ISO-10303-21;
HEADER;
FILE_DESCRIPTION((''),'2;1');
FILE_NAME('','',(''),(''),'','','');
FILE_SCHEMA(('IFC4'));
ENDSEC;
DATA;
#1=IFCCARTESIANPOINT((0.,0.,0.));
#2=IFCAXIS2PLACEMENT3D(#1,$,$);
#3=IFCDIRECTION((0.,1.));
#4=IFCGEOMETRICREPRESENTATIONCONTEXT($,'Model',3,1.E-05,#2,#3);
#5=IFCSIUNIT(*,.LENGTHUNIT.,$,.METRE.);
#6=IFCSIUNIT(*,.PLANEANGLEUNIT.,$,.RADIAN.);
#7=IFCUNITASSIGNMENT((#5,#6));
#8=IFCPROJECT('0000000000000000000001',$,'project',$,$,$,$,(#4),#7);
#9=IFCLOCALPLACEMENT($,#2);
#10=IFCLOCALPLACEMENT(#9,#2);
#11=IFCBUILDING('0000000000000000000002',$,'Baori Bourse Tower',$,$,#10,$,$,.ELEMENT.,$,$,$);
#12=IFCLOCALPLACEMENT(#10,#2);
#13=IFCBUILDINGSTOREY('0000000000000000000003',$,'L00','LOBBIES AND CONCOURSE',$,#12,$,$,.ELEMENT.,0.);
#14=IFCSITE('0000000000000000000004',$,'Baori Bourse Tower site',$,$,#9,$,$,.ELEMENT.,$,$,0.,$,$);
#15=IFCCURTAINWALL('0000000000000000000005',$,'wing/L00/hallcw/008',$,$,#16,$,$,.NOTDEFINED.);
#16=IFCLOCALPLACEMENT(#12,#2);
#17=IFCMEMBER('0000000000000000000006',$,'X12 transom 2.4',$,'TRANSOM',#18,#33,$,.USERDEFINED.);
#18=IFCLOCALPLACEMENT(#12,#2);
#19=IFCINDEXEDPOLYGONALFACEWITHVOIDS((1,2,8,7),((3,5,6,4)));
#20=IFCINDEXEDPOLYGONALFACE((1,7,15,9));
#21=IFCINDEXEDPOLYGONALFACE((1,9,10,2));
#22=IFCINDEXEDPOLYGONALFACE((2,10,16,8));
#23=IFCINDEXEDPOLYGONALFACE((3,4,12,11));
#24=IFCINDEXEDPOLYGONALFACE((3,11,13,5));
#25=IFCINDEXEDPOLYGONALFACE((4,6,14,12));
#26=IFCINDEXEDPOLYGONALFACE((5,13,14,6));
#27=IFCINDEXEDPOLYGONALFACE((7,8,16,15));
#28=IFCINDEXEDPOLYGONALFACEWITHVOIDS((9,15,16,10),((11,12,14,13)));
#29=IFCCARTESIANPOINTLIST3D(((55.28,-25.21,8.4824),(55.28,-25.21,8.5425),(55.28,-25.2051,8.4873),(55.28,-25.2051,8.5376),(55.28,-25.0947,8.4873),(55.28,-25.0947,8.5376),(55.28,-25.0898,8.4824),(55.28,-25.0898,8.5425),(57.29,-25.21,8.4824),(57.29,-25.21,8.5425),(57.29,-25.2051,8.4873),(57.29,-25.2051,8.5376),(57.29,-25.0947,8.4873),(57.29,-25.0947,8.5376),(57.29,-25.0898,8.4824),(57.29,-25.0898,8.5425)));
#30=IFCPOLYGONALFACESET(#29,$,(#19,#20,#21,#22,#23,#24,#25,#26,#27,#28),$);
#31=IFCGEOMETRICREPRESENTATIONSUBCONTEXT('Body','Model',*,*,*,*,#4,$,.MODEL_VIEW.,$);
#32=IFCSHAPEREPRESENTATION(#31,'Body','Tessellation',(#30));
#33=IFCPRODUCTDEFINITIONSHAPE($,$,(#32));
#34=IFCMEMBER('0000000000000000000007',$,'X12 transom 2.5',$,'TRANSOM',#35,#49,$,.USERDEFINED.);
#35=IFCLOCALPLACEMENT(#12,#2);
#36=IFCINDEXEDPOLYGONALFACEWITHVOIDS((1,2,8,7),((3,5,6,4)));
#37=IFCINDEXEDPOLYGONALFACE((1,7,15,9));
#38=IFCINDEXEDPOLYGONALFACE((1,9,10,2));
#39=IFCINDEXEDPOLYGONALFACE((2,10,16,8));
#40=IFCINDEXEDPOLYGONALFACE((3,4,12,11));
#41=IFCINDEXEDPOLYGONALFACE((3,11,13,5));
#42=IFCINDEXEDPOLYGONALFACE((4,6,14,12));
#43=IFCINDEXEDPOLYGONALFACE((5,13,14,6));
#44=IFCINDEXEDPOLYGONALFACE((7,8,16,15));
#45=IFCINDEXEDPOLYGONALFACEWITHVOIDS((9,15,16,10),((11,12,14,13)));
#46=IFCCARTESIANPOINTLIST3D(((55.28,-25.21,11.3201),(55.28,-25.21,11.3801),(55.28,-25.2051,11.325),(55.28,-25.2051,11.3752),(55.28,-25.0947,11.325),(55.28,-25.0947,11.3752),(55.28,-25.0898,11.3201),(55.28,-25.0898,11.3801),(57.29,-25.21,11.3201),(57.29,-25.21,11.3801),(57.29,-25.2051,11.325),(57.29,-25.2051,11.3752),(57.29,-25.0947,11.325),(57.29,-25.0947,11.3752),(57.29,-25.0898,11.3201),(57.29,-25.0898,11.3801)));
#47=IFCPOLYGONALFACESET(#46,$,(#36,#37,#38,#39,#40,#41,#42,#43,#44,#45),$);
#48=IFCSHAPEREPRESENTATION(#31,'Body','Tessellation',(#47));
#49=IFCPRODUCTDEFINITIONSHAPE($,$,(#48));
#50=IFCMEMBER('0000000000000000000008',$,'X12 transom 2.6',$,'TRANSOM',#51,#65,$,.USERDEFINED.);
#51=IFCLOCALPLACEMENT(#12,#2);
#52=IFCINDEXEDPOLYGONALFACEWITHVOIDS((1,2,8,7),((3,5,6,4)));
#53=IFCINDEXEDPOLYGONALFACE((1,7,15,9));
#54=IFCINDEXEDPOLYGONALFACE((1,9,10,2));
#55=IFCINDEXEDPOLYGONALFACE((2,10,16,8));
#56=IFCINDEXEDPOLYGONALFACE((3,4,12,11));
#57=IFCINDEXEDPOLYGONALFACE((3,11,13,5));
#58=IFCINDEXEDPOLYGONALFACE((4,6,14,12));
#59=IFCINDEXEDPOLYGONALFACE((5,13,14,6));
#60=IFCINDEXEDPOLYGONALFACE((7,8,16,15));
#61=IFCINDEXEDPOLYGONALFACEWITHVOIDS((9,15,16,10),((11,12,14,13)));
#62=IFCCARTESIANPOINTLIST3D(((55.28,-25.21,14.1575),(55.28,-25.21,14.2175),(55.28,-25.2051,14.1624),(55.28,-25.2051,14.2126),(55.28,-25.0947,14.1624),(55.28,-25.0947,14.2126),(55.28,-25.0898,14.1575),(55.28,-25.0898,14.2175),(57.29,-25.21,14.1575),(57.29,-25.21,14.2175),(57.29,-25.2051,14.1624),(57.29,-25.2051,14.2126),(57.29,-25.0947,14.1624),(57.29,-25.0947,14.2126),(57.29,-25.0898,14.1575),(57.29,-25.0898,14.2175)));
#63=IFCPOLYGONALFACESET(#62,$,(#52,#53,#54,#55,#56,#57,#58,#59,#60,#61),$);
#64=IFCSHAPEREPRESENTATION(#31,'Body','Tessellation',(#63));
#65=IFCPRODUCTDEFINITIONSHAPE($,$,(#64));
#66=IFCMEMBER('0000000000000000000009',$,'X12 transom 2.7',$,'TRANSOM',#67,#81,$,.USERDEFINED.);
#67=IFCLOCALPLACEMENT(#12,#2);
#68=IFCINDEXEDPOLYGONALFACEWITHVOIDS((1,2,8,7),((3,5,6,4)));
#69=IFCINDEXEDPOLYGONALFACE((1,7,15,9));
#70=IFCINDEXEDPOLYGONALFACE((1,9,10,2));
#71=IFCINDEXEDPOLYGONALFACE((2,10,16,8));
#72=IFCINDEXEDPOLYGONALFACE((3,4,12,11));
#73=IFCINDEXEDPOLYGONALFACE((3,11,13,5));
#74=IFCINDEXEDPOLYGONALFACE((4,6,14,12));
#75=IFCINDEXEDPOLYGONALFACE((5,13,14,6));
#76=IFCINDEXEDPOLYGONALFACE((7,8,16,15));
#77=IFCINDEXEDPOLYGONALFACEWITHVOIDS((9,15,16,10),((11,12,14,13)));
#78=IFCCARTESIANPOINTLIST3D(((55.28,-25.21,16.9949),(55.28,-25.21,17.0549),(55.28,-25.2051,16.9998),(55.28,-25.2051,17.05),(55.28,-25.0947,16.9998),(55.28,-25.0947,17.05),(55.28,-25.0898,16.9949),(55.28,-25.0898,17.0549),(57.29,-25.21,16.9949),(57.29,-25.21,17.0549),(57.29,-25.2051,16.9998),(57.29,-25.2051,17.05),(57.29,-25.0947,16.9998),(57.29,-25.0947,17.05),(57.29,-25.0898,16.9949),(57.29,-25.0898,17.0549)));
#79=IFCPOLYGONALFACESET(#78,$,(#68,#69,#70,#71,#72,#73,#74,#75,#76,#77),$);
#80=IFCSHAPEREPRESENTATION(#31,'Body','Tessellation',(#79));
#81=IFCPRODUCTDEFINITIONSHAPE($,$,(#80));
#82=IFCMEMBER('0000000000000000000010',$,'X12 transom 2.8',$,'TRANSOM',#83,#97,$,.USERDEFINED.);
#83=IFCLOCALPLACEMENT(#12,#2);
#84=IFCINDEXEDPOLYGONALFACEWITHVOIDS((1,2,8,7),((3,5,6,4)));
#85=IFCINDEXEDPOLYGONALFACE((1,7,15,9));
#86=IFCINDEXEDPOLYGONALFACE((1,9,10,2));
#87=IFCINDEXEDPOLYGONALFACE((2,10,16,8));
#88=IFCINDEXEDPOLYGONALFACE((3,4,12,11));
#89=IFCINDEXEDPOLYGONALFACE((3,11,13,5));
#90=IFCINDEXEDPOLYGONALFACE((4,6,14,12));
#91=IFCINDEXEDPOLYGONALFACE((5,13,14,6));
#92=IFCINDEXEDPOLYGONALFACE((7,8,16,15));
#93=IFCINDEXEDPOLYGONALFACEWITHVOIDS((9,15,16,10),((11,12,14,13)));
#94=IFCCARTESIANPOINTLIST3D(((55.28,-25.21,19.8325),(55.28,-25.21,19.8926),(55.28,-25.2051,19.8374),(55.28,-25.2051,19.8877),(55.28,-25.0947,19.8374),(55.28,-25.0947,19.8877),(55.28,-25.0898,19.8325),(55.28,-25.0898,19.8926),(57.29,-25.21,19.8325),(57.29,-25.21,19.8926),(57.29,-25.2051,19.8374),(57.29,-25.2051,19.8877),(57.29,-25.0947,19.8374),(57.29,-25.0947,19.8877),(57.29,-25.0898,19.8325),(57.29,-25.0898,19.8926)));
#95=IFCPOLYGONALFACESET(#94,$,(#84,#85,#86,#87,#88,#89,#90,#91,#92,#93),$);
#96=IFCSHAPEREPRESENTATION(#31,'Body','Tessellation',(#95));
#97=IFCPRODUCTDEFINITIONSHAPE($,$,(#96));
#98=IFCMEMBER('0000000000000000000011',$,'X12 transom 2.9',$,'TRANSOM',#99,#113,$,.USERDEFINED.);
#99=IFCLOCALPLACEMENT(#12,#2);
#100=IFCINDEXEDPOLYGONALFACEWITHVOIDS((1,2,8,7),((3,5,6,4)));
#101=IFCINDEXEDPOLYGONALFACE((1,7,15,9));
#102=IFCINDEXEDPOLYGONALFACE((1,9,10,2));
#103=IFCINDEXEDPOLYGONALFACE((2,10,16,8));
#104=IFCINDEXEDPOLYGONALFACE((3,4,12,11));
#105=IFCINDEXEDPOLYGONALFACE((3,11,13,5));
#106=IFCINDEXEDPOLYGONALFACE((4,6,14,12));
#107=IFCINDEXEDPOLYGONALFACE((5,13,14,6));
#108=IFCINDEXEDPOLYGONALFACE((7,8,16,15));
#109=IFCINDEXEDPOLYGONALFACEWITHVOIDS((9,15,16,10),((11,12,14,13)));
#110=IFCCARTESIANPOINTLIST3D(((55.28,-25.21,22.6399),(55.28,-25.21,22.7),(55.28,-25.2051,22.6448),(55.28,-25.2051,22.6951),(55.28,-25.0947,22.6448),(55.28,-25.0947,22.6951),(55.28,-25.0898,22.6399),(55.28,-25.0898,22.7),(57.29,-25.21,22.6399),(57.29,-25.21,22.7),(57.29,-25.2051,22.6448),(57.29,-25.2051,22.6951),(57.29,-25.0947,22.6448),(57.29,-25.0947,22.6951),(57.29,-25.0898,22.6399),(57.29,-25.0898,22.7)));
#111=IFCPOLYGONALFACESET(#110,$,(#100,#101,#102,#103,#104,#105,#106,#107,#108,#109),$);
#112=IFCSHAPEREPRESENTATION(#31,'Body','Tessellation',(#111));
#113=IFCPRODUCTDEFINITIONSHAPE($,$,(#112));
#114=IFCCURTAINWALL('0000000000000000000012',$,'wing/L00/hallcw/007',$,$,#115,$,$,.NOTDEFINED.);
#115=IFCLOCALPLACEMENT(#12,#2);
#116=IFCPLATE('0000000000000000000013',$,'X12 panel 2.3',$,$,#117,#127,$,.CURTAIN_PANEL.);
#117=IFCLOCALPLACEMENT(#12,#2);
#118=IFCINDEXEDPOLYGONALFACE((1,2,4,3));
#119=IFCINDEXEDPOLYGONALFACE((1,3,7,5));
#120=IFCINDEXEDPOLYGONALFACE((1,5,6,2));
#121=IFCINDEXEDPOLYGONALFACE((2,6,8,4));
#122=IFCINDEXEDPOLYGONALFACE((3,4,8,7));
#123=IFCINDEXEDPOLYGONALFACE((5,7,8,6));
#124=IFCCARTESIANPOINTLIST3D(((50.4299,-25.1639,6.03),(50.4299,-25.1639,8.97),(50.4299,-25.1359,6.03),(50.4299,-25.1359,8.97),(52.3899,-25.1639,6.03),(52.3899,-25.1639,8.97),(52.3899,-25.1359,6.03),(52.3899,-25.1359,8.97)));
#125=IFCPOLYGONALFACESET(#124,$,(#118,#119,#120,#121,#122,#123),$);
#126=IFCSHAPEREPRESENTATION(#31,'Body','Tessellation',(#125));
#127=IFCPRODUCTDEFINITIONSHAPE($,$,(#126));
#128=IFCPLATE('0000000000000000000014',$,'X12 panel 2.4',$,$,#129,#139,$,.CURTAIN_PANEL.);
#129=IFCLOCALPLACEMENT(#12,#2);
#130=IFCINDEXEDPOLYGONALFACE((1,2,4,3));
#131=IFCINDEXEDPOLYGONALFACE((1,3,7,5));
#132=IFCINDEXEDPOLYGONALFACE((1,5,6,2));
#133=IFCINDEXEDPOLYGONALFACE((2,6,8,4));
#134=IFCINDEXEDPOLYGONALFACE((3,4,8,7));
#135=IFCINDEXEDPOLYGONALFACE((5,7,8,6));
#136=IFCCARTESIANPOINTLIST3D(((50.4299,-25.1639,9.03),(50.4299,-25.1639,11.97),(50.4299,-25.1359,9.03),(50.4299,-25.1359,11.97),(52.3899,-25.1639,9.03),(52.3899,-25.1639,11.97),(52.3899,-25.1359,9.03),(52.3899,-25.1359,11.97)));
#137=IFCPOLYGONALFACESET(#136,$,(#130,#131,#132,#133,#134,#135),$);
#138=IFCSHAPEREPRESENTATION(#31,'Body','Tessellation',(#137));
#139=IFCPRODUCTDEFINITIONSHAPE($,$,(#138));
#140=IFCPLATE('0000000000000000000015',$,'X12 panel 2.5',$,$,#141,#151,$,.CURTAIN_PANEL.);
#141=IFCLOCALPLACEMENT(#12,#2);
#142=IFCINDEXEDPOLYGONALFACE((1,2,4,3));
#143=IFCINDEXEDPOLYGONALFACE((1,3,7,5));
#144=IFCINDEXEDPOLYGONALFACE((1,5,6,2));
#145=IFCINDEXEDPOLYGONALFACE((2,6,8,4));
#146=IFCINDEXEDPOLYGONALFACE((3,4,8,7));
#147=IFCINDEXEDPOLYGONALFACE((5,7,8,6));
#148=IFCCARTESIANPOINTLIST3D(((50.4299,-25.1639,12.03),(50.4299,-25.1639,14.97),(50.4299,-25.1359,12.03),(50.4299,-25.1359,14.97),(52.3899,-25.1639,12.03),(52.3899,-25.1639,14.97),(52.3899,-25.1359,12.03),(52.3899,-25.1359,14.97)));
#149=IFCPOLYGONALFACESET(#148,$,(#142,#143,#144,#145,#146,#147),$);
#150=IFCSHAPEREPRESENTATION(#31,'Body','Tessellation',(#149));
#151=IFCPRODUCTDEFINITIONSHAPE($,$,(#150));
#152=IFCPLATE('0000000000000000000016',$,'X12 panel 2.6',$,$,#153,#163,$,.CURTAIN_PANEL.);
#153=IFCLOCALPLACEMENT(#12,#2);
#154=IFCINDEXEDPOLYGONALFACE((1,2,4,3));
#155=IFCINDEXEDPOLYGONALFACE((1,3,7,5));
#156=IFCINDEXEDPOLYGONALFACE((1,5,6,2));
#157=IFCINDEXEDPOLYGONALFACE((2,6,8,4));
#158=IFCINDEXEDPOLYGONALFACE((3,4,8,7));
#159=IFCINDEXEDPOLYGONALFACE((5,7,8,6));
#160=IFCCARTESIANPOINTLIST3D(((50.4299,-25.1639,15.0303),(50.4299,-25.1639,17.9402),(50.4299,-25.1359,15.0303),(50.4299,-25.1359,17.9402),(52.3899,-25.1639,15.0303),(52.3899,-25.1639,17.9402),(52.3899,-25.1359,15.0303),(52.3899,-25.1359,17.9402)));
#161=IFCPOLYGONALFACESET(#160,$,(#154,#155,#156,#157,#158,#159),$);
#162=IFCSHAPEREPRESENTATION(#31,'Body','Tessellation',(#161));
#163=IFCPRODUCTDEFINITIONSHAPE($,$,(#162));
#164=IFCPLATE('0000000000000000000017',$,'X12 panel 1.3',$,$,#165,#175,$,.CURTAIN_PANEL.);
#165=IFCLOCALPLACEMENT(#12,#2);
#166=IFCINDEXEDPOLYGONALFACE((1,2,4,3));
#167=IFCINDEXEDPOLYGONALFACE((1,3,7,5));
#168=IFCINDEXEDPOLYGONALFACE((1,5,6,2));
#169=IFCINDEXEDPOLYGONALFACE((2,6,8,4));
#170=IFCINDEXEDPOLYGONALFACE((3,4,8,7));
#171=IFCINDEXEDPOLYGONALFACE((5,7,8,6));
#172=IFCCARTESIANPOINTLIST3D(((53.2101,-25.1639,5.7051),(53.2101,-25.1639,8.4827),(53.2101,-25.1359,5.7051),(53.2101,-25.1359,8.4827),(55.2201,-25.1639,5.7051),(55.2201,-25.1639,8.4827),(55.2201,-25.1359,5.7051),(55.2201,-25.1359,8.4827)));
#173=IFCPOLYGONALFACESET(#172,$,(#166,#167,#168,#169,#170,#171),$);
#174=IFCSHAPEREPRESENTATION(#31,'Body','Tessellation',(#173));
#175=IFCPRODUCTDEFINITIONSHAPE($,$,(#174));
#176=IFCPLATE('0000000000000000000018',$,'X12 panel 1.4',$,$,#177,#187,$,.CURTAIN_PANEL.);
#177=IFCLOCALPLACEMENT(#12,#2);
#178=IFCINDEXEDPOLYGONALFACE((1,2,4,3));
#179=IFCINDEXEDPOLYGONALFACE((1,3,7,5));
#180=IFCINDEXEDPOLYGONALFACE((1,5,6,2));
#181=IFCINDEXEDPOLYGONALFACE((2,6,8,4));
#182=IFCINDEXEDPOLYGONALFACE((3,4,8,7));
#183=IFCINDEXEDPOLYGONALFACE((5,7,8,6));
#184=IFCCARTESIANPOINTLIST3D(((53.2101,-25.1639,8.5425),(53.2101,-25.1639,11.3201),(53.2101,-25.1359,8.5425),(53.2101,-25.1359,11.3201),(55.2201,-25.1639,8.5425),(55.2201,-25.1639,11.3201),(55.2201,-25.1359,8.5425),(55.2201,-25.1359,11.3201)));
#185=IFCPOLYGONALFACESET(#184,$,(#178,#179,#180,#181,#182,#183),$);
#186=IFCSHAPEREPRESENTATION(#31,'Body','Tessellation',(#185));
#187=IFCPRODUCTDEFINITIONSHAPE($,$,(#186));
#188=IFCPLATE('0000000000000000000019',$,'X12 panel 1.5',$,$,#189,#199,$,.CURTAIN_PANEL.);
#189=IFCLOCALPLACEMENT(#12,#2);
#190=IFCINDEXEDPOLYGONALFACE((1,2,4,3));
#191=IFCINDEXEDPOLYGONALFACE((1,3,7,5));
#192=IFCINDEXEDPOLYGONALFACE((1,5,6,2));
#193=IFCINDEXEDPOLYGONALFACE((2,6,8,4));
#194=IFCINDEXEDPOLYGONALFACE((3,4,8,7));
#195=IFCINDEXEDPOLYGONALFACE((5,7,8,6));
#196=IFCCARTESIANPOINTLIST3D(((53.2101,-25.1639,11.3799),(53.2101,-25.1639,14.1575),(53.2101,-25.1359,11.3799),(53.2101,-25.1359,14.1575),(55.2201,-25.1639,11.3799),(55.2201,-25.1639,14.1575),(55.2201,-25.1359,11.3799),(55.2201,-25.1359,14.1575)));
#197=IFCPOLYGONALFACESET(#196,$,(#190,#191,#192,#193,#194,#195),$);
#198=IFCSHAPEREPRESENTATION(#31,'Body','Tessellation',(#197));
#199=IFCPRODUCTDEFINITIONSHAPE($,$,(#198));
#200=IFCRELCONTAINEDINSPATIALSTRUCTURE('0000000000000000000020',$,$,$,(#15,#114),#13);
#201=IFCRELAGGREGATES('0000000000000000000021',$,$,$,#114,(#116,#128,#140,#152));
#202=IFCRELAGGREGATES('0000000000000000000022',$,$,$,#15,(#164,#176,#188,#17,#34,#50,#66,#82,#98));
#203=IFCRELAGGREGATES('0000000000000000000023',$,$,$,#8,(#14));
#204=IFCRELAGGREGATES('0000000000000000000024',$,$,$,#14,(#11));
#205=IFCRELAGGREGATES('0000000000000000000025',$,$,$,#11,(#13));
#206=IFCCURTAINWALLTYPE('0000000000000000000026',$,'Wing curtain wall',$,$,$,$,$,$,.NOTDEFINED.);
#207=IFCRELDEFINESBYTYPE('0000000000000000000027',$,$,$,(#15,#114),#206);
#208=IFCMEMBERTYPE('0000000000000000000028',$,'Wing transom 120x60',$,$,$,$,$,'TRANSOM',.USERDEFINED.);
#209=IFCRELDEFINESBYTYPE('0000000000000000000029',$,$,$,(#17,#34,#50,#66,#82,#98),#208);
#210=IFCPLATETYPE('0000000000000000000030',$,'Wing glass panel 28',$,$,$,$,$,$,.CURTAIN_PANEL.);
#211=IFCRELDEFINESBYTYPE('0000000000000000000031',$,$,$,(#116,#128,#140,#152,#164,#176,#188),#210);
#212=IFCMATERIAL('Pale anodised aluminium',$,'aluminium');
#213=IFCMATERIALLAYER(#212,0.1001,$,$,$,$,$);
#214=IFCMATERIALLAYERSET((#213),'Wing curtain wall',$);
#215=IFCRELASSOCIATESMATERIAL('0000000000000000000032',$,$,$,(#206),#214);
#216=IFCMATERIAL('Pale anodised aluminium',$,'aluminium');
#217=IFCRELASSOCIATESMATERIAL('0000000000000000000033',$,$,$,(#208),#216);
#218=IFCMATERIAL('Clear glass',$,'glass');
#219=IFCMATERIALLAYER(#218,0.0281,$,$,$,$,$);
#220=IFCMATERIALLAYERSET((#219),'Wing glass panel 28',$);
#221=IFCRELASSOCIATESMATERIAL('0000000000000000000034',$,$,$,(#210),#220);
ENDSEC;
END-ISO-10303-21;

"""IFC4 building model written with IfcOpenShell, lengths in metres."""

from ifc_helpers import new_model, si_unit, direction, frame, origin, origin_2d, place, context, subcontext, project, spatial, rectangle, hollow_rectangle, extrude, material, layer, layer_set, material_profile, profile_set, type_object, element, aggregate, save


model = new_model("IFC4")

# Units and contexts
model_context = context("Model", 3, precision=1e-05, world=origin(), true_north=direction((0.0, 1.0)))
body_context = subcontext(model_context, "Body", "Model", "MODEL_VIEW")
ifc_project = project(units=[si_unit("LENGTHUNIT", "METRE"), si_unit("PLANEANGLEUNIT", "RADIAN")], contexts=[model_context])

# Site, building, storey
site_placement = place(None, origin())
site = spatial("IfcSite", under=ifc_project, at=site_placement, Name="Baori Bourse Tower site", CompositionType="ELEMENT", RefElevation=0.0)
building_placement = place(site_placement, origin())
building = spatial("IfcBuilding", under=site, at=building_placement, Name="Baori Bourse Tower", CompositionType="ELEMENT")
storey_placement = place(building_placement, origin())
storey = spatial("IfcBuildingStorey", under=building, at=storey_placement, Name="L00", Description="LOBBIES AND CONCOURSE", CompositionType="ELEMENT", Elevation=0.0)

# Curtain wall, members
ifc_material_1 = material(Name="Pale anodised aluminium", Category="aluminium")
ifc_layer_1 = layer(ifc_material_1, 0.1001)
ifc_layer_set_1 = layer_set([ifc_layer_1], Name="Wing curtain wall")
curtain_wall_type = type_object("IfcCurtainWallType", Name="Wing curtain wall", PredefinedType="NOTDEFINED", material=ifc_layer_set_1)
curtain_wall_1_placement = place(storey_placement, origin())
curtain_wall_1 = element("IfcCurtainWall", 1, at=curtain_wall_1_placement, inside=storey, type_object=curtain_wall_type, Name="wing/L00/hallcw/008", PredefinedType="NOTDEFINED")
ifc_material_2 = material(Name="Pale anodised aluminium", Category="aluminium")
ifc_material_profile_1 = material_profile(ifc_material_2, hollow_rectangle(XDim=0.1201, YDim=0.0601, WallThickness=0.0049, at=origin_2d()), Name="Transom 120x60x5")
ifc_profile_set_1 = profile_set([ifc_material_profile_1], Name="Pale anodised aluminium")
member_type = type_object("IfcMemberType", Name="Wing transom 120x60", ElementType="TRANSOM", PredefinedType="USERDEFINED", material=ifc_profile_set_1)
member_1_placement = place(storey_placement, frame((55.28, -25.1499, 8.5125), z_axis=(1.0, 0.0, 0.0), x_axis=(0.0, 1.0, 0.0)))
member_1 = element("IfcMember", 2, at=member_1_placement, type_object=member_type, Name="X12 transom 2.4", ObjectType="TRANSOM", PredefinedType="USERDEFINED", context=body_context, shape_type="SweptSolid", body=[
    extrude(hollow_rectangle(XDim=0.1201, YDim=0.0601, WallThickness=0.0049, at=origin_2d()), origin(), (0.0, 0.0, 1.0), 2.01),
])
member_2_placement = place(storey_placement, frame((55.28, -25.1499, 11.3501), z_axis=(1.0, 0.0, 0.0), x_axis=(0.0, 1.0, 0.0)))
member_2 = element("IfcMember", 3, at=member_2_placement, type_object=member_type, Name="X12 transom 2.5", ObjectType="TRANSOM", PredefinedType="USERDEFINED", context=body_context, shape_type="SweptSolid", body=[
    extrude(hollow_rectangle(XDim=0.1201, YDim=0.0601, WallThickness=0.0049, at=origin_2d()), origin(), (0.0, 0.0, 1.0), 2.01),
])
member_3_placement = place(storey_placement, frame((55.28, -25.1499, 14.1875), z_axis=(1.0, 0.0, 0.0), x_axis=(0.0, 1.0, 0.0)))
member_3 = element("IfcMember", 4, at=member_3_placement, type_object=member_type, Name="X12 transom 2.6", ObjectType="TRANSOM", PredefinedType="USERDEFINED", context=body_context, shape_type="SweptSolid", body=[
    extrude(hollow_rectangle(XDim=0.1201, YDim=0.0601, WallThickness=0.0049, at=origin_2d()), origin(), (0.0, 0.0, 1.0), 2.01),
])
member_4_placement = place(storey_placement, frame((55.28, -25.1499, 17.0249), z_axis=(1.0, 0.0, 0.0), x_axis=(0.0, 1.0, 0.0)))
member_4 = element("IfcMember", 5, at=member_4_placement, type_object=member_type, Name="X12 transom 2.7", ObjectType="TRANSOM", PredefinedType="USERDEFINED", context=body_context, shape_type="SweptSolid", body=[
    extrude(hollow_rectangle(XDim=0.1201, YDim=0.0601, WallThickness=0.0049, at=origin_2d()), origin(), (0.0, 0.0, 1.0), 2.01),
])
member_5_placement = place(storey_placement, frame((55.28, -25.1499, 19.8625), z_axis=(1.0, 0.0, 0.0), x_axis=(0.0, 1.0, 0.0)))
member_5 = element("IfcMember", 6, at=member_5_placement, type_object=member_type, Name="X12 transom 2.8", ObjectType="TRANSOM", PredefinedType="USERDEFINED", context=body_context, shape_type="SweptSolid", body=[
    extrude(hollow_rectangle(XDim=0.1201, YDim=0.0601, WallThickness=0.0049, at=origin_2d()), origin(), (0.0, 0.0, 1.0), 2.01),
])
member_6_placement = place(storey_placement, frame((55.28, -25.1499, 22.6699), z_axis=(1.0, 0.0, 0.0), x_axis=(0.0, 1.0, 0.0)))
member_6 = element("IfcMember", 7, at=member_6_placement, type_object=member_type, Name="X12 transom 2.9", ObjectType="TRANSOM", PredefinedType="USERDEFINED", context=body_context, shape_type="SweptSolid", body=[
    extrude(hollow_rectangle(XDim=0.1201, YDim=0.0601, WallThickness=0.0049, at=origin_2d()), origin(), (0.0, 0.0, 1.0), 2.01),
])

# Curtain wall, plates
curtain_wall_2_placement = place(storey_placement, origin())
curtain_wall_2 = element("IfcCurtainWall", 8, at=curtain_wall_2_placement, inside=storey, type_object=curtain_wall_type, Name="wing/L00/hallcw/007", PredefinedType="NOTDEFINED")
ifc_material_3 = material(Name="Clear glass", Category="glass")
ifc_layer_2 = layer(ifc_material_3, 0.0281)
ifc_layer_set_2 = layer_set([ifc_layer_2], Name="Wing glass panel 28")
plate_type = type_object("IfcPlateType", Name="Wing glass panel 28", PredefinedType="CURTAIN_PANEL", material=ifc_layer_set_2)
plate_1_placement = place(storey_placement, frame((51.4099, -25.1499, 6.03), z_axis=(0.0, 0.0, 1.0), x_axis=(1.0, 0.0, 0.0)))
plate_1 = element("IfcPlate", 9, at=plate_1_placement, type_object=plate_type, Name="X12 panel 2.3", PredefinedType="CURTAIN_PANEL", context=body_context, shape_type="SweptSolid", body=[
    extrude(rectangle(XDim=1.96, YDim=0.0281, at=origin_2d()), origin(), (0.0, 0.0, 1.0), 2.9399),
])
plate_2_placement = place(storey_placement, frame((51.4099, -25.1499, 9.03), z_axis=(0.0, 0.0, 1.0), x_axis=(1.0, 0.0, 0.0)))
plate_2 = element("IfcPlate", 10, at=plate_2_placement, type_object=plate_type, Name="X12 panel 2.4", PredefinedType="CURTAIN_PANEL", context=body_context, shape_type="SweptSolid", body=[
    extrude(rectangle(XDim=1.96, YDim=0.0281, at=origin_2d()), origin(), (0.0, 0.0, 1.0), 2.9399),
])
plate_3_placement = place(storey_placement, frame((51.4099, -25.1499, 12.03), z_axis=(0.0, 0.0, 1.0), x_axis=(1.0, 0.0, 0.0)))
plate_3 = element("IfcPlate", 11, at=plate_3_placement, type_object=plate_type, Name="X12 panel 2.5", PredefinedType="CURTAIN_PANEL", context=body_context, shape_type="SweptSolid", body=[
    extrude(rectangle(XDim=1.96, YDim=0.0281, at=origin_2d()), origin(), (0.0, 0.0, 1.0), 2.9399),
])
plate_4_placement = place(storey_placement, frame((51.4099, -25.1499, 15.0303), z_axis=(0.0, 0.0, 1.0), x_axis=(1.0, 0.0, 0.0)))
plate_4 = element("IfcPlate", 12, at=plate_4_placement, type_object=plate_type, Name="X12 panel 2.6", PredefinedType="CURTAIN_PANEL", context=body_context, shape_type="SweptSolid", body=[
    extrude(rectangle(XDim=1.96, YDim=0.0281, at=origin_2d()), origin(), (0.0, 0.0, 1.0), 2.9099),
])
aggregate(curtain_wall_2, [plate_1, plate_2, plate_3, plate_4])

# Plates
plate_5_placement = place(storey_placement, frame((54.2151, -25.1499, 5.7051), z_axis=(0.0, 0.0, 1.0), x_axis=(1.0, 0.0, 0.0)))
plate_5 = element("IfcPlate", 13, at=plate_5_placement, type_object=plate_type, Name="X12 panel 1.3", PredefinedType="CURTAIN_PANEL", context=body_context, shape_type="SweptSolid", body=[
    extrude(rectangle(XDim=2.01, YDim=0.0281, at=origin_2d()), origin(), (0.0, 0.0, 1.0), 2.7776),
])
plate_6_placement = place(storey_placement, frame((54.2151, -25.1499, 8.5425), z_axis=(0.0, 0.0, 1.0), x_axis=(1.0, 0.0, 0.0)))
plate_6 = element("IfcPlate", 14, at=plate_6_placement, type_object=plate_type, Name="X12 panel 1.4", PredefinedType="CURTAIN_PANEL", context=body_context, shape_type="SweptSolid", body=[
    extrude(rectangle(XDim=2.01, YDim=0.0281, at=origin_2d()), origin(), (0.0, 0.0, 1.0), 2.7776),
])
plate_7_placement = place(storey_placement, frame((54.2151, -25.1499, 11.3799), z_axis=(0.0, 0.0, 1.0), x_axis=(1.0, 0.0, 0.0)))
plate_7 = element("IfcPlate", 15, at=plate_7_placement, type_object=plate_type, Name="X12 panel 1.5", PredefinedType="CURTAIN_PANEL", context=body_context, shape_type="SweptSolid", body=[
    extrude(rectangle(XDim=2.01, YDim=0.0281, at=origin_2d()), origin(), (0.0, 0.0, 1.0), 2.7776),
])
aggregate(curtain_wall_1, [plate_5, plate_6, plate_7, member_1, member_2, member_3, member_4, member_5, member_6])

save(model, "model.ifc")
